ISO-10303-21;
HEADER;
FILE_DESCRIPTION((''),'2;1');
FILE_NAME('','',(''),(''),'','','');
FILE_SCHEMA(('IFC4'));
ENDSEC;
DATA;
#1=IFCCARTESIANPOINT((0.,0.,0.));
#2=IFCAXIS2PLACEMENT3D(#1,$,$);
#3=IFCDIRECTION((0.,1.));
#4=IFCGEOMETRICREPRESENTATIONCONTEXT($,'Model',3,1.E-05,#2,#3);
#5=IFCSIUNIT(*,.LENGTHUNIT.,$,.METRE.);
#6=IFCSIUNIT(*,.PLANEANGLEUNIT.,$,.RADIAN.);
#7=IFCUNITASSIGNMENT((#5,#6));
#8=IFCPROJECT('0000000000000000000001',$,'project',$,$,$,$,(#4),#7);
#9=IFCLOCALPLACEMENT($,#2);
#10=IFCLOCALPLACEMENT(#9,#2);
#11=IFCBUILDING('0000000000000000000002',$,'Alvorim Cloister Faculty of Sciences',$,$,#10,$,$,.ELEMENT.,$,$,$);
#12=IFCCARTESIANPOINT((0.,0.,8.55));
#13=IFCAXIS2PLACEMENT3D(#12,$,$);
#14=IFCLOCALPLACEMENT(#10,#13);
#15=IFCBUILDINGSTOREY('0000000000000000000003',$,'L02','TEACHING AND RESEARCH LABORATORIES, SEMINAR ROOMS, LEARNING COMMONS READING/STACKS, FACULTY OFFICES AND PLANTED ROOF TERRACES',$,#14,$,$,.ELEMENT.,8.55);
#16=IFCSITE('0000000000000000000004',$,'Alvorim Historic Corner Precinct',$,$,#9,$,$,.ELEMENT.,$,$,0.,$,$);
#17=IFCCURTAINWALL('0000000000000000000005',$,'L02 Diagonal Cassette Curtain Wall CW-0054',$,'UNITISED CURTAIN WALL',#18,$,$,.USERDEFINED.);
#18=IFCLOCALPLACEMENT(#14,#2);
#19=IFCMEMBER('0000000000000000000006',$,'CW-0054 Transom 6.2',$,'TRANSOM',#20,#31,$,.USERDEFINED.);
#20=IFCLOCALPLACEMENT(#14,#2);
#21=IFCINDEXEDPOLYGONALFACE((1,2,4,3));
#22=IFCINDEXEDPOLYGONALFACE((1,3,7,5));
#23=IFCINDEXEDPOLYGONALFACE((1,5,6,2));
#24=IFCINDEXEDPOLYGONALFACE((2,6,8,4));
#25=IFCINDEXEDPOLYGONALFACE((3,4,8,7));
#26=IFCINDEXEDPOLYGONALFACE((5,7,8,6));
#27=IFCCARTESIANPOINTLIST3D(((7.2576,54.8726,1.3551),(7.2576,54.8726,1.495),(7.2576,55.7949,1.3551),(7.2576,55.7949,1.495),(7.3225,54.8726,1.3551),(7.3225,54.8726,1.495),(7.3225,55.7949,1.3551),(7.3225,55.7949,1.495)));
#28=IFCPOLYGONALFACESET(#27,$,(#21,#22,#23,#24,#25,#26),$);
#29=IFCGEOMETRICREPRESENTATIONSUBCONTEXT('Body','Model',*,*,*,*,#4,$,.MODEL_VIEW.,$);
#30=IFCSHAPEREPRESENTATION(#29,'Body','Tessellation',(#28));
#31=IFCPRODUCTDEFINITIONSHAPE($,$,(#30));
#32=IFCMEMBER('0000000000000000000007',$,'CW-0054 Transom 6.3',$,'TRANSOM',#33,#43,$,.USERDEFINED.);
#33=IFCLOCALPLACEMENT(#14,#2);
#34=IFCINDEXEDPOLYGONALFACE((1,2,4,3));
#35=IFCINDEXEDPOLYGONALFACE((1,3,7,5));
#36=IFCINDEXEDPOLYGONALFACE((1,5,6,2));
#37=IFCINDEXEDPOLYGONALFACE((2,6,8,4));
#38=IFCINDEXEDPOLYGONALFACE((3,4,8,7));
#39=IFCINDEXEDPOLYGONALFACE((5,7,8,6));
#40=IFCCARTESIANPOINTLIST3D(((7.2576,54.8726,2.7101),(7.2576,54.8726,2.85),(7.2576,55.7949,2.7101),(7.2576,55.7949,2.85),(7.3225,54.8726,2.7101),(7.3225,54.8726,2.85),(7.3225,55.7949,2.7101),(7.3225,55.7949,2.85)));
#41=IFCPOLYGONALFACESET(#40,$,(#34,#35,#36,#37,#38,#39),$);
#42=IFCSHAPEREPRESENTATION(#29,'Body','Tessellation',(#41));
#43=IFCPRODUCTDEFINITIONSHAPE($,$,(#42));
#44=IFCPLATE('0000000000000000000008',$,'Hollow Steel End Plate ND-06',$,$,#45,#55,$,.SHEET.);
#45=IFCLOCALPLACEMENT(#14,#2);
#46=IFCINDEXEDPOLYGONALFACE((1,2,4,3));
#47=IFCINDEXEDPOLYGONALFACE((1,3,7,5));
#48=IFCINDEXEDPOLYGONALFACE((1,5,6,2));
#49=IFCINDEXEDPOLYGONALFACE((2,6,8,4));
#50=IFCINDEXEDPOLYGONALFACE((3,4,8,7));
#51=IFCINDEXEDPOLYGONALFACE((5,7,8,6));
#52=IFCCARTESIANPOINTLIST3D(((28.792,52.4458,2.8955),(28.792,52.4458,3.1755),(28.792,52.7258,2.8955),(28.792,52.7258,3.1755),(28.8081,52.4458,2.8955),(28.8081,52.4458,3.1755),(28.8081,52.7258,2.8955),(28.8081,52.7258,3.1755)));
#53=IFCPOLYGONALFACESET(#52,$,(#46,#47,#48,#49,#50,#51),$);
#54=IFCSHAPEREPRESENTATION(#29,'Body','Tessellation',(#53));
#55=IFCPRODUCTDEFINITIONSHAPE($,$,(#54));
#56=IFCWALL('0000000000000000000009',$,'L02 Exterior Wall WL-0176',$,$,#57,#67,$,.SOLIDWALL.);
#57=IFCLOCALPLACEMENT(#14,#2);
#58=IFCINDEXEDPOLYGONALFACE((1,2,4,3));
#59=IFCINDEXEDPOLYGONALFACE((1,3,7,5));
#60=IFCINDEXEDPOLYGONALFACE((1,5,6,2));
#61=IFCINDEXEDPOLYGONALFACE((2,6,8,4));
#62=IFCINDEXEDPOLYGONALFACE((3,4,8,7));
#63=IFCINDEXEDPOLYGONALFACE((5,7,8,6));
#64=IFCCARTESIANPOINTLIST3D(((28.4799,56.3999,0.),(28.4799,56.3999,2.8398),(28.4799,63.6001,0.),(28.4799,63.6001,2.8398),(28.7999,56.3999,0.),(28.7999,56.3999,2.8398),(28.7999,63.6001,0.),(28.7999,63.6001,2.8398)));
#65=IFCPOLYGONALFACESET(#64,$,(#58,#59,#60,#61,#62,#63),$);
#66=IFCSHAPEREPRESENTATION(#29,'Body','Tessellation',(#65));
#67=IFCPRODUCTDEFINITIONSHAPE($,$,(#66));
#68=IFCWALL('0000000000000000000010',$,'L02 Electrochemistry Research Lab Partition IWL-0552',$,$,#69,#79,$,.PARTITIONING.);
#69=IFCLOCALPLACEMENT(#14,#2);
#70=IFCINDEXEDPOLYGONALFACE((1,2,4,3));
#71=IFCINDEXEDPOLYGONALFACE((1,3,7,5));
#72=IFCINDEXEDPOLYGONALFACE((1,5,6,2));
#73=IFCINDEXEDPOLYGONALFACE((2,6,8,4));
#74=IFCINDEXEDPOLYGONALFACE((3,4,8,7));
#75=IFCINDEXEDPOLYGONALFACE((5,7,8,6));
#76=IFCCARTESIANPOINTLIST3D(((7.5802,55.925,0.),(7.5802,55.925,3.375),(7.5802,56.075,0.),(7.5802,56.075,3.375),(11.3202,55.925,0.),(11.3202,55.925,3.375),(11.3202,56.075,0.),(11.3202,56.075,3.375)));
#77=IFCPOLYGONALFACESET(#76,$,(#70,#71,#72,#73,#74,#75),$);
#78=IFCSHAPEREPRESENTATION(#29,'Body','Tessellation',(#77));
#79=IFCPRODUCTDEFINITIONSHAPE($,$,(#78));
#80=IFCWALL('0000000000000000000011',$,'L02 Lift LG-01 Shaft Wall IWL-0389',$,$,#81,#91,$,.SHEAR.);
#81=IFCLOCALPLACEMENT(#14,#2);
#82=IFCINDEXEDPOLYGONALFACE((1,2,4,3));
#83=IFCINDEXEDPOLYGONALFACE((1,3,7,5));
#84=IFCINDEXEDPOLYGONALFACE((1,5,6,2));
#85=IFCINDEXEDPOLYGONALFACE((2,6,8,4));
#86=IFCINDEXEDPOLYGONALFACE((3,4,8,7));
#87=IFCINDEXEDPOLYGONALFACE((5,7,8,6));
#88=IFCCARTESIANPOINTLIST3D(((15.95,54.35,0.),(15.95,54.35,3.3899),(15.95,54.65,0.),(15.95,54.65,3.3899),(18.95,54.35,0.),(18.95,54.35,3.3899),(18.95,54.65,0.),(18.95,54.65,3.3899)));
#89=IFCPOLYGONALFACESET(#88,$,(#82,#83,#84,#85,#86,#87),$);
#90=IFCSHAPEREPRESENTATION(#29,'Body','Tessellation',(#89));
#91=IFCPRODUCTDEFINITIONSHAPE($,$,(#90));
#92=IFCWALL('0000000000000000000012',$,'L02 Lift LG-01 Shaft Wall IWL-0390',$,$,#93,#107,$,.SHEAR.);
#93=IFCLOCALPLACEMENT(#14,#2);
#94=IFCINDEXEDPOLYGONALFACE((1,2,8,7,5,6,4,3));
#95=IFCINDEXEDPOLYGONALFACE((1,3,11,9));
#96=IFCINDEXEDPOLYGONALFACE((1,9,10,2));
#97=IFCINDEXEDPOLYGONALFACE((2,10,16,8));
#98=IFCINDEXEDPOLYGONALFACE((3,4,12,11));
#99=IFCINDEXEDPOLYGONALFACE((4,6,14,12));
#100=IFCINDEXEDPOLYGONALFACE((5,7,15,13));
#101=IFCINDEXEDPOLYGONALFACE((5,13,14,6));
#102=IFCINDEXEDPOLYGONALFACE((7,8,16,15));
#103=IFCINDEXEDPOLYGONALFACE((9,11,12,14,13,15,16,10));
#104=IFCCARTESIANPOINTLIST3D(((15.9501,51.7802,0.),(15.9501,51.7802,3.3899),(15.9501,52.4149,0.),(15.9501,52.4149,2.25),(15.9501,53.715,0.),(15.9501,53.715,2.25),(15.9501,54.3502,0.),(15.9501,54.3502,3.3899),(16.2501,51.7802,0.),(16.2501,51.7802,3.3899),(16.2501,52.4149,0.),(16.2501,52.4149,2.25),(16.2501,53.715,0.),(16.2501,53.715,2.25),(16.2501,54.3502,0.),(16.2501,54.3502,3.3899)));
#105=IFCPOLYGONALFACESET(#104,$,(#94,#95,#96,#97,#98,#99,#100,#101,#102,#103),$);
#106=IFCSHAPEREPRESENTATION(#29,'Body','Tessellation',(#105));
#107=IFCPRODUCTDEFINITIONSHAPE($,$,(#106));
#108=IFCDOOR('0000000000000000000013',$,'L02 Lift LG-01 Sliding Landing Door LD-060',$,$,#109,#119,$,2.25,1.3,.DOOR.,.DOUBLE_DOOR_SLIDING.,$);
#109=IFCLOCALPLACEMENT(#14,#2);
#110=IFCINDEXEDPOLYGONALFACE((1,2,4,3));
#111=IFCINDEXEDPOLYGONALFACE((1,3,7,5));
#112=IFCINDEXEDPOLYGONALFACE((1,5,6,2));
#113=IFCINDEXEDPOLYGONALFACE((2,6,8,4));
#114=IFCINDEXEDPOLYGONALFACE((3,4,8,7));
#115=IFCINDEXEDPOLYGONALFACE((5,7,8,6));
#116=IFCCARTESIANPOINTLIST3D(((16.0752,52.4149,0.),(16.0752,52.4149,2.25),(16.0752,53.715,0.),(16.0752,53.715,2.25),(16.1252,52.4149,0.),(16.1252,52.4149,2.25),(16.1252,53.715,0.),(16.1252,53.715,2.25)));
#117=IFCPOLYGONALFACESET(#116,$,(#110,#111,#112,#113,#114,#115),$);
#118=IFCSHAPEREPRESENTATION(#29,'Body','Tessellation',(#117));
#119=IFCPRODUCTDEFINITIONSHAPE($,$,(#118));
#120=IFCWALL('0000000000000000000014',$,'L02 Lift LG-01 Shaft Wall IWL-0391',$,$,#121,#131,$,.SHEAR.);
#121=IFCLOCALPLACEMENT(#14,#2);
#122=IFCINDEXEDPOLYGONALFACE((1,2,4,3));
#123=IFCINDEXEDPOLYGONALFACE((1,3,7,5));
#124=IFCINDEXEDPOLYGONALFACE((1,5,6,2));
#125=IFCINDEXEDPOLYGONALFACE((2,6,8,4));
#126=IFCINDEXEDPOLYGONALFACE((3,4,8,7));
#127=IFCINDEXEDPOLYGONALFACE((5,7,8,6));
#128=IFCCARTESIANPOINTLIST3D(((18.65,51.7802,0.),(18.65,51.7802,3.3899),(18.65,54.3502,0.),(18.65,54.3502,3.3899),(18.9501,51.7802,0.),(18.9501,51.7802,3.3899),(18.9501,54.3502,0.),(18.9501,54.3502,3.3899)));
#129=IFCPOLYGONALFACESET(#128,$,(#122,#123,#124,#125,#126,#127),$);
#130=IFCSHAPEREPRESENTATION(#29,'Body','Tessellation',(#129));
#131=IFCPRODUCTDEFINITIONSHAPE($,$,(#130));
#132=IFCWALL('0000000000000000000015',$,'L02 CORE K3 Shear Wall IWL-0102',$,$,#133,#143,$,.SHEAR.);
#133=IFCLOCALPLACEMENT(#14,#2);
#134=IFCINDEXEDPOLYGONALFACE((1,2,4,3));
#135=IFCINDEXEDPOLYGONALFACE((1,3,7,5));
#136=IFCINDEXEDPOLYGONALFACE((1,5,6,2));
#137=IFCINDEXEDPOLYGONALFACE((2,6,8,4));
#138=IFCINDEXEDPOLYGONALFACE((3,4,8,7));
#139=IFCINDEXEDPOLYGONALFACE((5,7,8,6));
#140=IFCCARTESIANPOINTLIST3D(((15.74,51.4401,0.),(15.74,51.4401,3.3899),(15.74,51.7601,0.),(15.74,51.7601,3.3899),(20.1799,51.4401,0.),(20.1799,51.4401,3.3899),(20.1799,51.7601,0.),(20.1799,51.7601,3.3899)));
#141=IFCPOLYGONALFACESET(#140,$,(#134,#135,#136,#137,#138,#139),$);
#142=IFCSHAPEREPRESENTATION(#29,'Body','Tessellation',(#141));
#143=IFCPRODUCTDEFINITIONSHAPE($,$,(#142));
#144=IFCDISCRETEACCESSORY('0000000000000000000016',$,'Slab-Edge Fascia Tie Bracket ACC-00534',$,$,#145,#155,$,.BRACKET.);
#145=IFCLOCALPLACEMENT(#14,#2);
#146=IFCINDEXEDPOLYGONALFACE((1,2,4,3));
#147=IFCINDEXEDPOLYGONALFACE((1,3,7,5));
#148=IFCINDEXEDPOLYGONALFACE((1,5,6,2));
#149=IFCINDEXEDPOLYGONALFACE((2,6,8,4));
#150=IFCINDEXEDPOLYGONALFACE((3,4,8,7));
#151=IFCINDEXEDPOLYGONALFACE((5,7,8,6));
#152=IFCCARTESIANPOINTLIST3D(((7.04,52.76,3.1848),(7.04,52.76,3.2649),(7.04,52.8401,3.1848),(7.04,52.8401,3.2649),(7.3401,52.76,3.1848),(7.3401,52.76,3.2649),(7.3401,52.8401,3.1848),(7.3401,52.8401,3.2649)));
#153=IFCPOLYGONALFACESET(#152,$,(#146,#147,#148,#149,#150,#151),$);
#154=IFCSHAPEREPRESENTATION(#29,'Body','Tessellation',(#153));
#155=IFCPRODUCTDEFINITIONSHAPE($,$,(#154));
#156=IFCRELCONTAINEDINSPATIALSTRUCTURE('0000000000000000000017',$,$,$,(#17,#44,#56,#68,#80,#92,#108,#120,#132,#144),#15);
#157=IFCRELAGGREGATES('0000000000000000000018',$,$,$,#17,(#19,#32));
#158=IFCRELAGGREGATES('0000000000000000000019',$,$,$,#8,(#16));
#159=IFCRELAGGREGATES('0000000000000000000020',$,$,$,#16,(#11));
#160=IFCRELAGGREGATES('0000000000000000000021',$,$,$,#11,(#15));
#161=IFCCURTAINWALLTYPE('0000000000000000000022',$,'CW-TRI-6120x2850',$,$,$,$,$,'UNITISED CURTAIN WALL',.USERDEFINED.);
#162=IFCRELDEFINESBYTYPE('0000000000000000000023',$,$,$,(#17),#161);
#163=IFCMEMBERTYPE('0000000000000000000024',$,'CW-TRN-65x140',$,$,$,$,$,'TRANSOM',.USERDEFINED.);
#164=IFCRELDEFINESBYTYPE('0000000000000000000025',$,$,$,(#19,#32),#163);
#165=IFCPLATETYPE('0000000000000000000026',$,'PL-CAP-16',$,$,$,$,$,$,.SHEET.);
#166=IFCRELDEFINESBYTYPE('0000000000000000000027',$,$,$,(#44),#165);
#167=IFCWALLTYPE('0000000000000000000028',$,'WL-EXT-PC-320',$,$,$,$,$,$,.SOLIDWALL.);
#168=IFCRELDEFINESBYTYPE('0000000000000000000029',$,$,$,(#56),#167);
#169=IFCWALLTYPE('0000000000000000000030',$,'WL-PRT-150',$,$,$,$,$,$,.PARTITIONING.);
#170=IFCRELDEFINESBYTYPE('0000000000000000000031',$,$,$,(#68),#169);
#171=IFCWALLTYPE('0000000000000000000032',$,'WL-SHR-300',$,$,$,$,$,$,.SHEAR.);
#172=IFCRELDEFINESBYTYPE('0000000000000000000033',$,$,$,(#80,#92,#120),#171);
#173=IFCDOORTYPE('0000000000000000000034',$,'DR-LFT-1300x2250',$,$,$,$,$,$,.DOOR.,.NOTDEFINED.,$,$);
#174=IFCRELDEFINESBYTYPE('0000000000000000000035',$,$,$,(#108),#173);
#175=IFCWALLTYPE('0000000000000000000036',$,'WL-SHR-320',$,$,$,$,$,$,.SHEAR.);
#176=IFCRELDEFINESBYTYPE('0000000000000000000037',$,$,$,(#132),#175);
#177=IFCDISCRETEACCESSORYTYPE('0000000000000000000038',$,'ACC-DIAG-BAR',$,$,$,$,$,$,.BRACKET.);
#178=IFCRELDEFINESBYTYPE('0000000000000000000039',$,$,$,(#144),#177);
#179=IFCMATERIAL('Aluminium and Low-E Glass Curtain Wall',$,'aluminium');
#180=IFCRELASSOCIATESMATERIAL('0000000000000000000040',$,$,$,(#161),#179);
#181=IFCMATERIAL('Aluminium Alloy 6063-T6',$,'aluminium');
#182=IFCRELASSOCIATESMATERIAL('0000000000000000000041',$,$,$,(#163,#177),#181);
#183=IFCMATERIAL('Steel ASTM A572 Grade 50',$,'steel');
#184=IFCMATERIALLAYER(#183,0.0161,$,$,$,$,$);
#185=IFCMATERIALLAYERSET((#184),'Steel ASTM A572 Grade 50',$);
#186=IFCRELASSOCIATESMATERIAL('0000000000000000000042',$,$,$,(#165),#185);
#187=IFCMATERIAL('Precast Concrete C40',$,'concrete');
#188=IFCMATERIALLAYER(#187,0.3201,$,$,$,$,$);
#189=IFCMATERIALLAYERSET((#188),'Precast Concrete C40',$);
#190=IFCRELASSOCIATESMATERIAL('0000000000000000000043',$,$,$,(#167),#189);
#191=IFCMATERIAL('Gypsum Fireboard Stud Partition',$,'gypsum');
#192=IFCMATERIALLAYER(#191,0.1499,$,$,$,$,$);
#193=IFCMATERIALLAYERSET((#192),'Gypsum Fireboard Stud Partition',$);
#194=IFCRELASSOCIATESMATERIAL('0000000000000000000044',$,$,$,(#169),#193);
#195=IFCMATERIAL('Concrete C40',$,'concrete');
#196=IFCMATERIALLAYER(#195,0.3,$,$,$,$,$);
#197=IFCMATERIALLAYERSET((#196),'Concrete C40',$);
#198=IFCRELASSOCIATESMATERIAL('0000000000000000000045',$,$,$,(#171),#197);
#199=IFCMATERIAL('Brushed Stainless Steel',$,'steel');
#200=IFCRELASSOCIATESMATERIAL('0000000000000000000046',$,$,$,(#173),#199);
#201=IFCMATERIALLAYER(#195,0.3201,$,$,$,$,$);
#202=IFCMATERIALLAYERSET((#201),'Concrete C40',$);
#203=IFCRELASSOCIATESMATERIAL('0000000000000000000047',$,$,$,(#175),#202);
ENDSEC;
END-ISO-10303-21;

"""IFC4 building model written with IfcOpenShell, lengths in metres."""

from ifc_helpers import new_model, si_unit, direction, frame, frame_2d, origin, origin_2d, place, context, subcontext, project, spatial, polyline, rectangle, outline, extrude, material, layer, layer_set, material_profile, profile_set, type_object, element, fill, aggregate, save


model = new_model("IFC4")

# Units and contexts
model_context = context("Model", 3, precision=1e-05, world=origin(), true_north=direction((0.0, 1.0)))
body_context = subcontext(model_context, "Body", "Model", "MODEL_VIEW")
ifc_project = project(units=[si_unit("LENGTHUNIT", "METRE"), si_unit("PLANEANGLEUNIT", "RADIAN")], contexts=[model_context])

# Site, building, storey
site_placement = place(None, origin())
site = spatial("IfcSite", under=ifc_project, at=site_placement, Name="Alvorim Historic Corner Precinct", CompositionType="ELEMENT", RefElevation=0.0)
building_placement = place(site_placement, origin())
building = spatial("IfcBuilding", under=site, at=building_placement, Name="Alvorim Cloister Faculty of Sciences", CompositionType="ELEMENT")
storey_placement = place(building_placement, frame((0.0, 0.0, 8.55)))
storey = spatial("IfcBuildingStorey", under=building, at=storey_placement, Name="L02", Description="TEACHING AND RESEARCH LABORATORIES, SEMINAR ROOMS, LEARNING COMMONS READING/STACKS, FACULTY OFFICES AND PLANTED ROOF TERRACES", CompositionType="ELEMENT", Elevation=8.55)

# Curtain wall, members
ifc_material_1 = material(Name="Aluminium and Low-E Glass Curtain Wall", Category="aluminium")
curtain_wall_type = type_object("IfcCurtainWallType", Name="CW-TRI-6120x2850", ElementType="UNITISED CURTAIN WALL", PredefinedType="USERDEFINED", material=ifc_material_1)
curtain_wall_placement = place(storey_placement, origin())
curtain_wall = element("IfcCurtainWall", 1, at=curtain_wall_placement, inside=storey, type_object=curtain_wall_type, Name="L02 Diagonal Cassette Curtain Wall CW-0054", ObjectType="UNITISED CURTAIN WALL", PredefinedType="USERDEFINED")
ifc_material_2 = material(Name="Aluminium Alloy 6063-T6", Category="aluminium")
ifc_material_profile_1 = material_profile(ifc_material_2, rectangle(XDim=0.0649, YDim=0.1399, at=origin_2d()), Name="ALU-TRN-65x140")
ifc_profile_set_1 = profile_set([ifc_material_profile_1], Name="Aluminium Alloy 6063-T6")
member_type_1 = type_object("IfcMemberType", Name="CW-TRN-65x140", ElementType="TRANSOM", PredefinedType="USERDEFINED", material=ifc_profile_set_1)
member_1_placement = place(storey_placement, frame((7.29, 54.8726, 1.425), z_axis=(0.0, 1.0, 0.0), x_axis=(-1.0, 0.0, 0.0)))
member_1 = element("IfcMember", 2, at=member_1_placement, type_object=member_type_1, Name="CW-0054 Transom 6.2", ObjectType="TRANSOM", PredefinedType="USERDEFINED", context=body_context, shape_type="SweptSolid", body=[
    extrude(rectangle(XDim=0.0649, YDim=0.1399, at=origin_2d()), origin(), (0.0, 0.0, 1.0), 0.9224),
])
member_2_placement = place(storey_placement, frame((7.29, 54.8726, 2.78), z_axis=(0.0, 1.0, 0.0), x_axis=(-1.0, 0.0, 0.0)))
member_2 = element("IfcMember", 3, at=member_2_placement, type_object=member_type_1, Name="CW-0054 Transom 6.3", ObjectType="TRANSOM", PredefinedType="USERDEFINED", context=body_context, shape_type="SweptSolid", body=[
    extrude(rectangle(XDim=0.0649, YDim=0.1399, at=origin_2d()), origin(), (0.0, 0.0, 1.0), 0.9224),
])
aggregate(curtain_wall, [member_1, member_2])

# Plate
ifc_material_3 = material(Name="Steel ASTM A572 Grade 50", Category="steel")
ifc_layer_1 = layer(ifc_material_3, 0.0161)
ifc_layer_set_1 = layer_set([ifc_layer_1], Name="Steel ASTM A572 Grade 50")
plate_type = type_object("IfcPlateType", Name="PL-CAP-16", PredefinedType="SHEET", material=ifc_layer_set_1)
plate_placement = place(storey_placement, frame((28.8, 52.4458, 2.8955), z_axis=(0.0, 0.0, 1.0), x_axis=(0.0, 1.0, 0.0)))
element("IfcPlate", 4, at=plate_placement, inside=storey, type_object=plate_type, Name="Hollow Steel End Plate ND-06", PredefinedType="SHEET", context=body_context, shape_type="SweptSolid", body=[
    extrude(outline(polyline([(0.0, 0.0), (0.28, 0.0), (0.28, 0.28), (0.0, 0.28), (0.0, 0.0)])), frame((0.0, 0.0081, 0.0), z_axis=(0.0, -1.0, 0.0), x_axis=(1.0, 0.0, 0.0)), (0.0, 0.0, 1.0), 0.0161),
])

# Walls
ifc_material_4 = material(Name="Precast Concrete C40", Category="concrete")
ifc_layer_2 = layer(ifc_material_4, 0.3201)
ifc_layer_set_2 = layer_set([ifc_layer_2], Name="Precast Concrete C40")
wall_type_1 = type_object("IfcWallType", Name="WL-EXT-PC-320", PredefinedType="SOLIDWALL", material=ifc_layer_set_2)
wall_1_placement = place(storey_placement, frame((28.6399, 56.3999, 0.0), z_axis=(0.0, 0.0, 1.0), x_axis=(0.0, 1.0, 0.0)))
element("IfcWall", 5, at=wall_1_placement, inside=storey, type_object=wall_type_1, Name="L02 Exterior Wall WL-0176", PredefinedType="SOLIDWALL", context=body_context, shape_type="SweptSolid", body=[
    extrude(rectangle(XDim=7.2002, YDim=0.3201, at=frame_2d((3.6001, 0.0))), origin(), (0.0, 0.0, 1.0), 2.8398),
])
ifc_material_5 = material(Name="Gypsum Fireboard Stud Partition", Category="gypsum")
ifc_layer_3 = layer(ifc_material_5, 0.1499)
ifc_layer_set_3 = layer_set([ifc_layer_3], Name="Gypsum Fireboard Stud Partition")
wall_type_2 = type_object("IfcWallType", Name="WL-PRT-150", PredefinedType="PARTITIONING", material=ifc_layer_set_3)
wall_2_placement = place(storey_placement, frame((7.5801, 56.0, 0.0), z_axis=(0.0, 0.0, 1.0), x_axis=(1.0, 0.0, 0.0)))
element("IfcWall", 6, at=wall_2_placement, inside=storey, type_object=wall_type_2, Name="L02 Electrochemistry Research Lab Partition IWL-0552", PredefinedType="PARTITIONING", context=body_context, shape_type="SweptSolid", body=[
    extrude(rectangle(XDim=3.74, YDim=0.1499, at=frame_2d((1.8701, 0.0))), origin(), (0.0, 0.0, 1.0), 3.375),
])
ifc_material_6 = material(Name="Concrete C40", Category="concrete")
ifc_layer_4 = layer(ifc_material_6, 0.3)
ifc_layer_set_4 = layer_set([ifc_layer_4], Name="Concrete C40")
wall_type_3 = type_object("IfcWallType", Name="WL-SHR-300", PredefinedType="SHEAR", material=ifc_layer_set_4)
wall_3_placement = place(storey_placement, frame((15.95, 54.5, 0.0), z_axis=(0.0, 0.0, 1.0), x_axis=(1.0, 0.0, 0.0)))
element("IfcWall", 7, at=wall_3_placement, inside=storey, type_object=wall_type_3, Name="L02 Lift LG-01 Shaft Wall IWL-0389", PredefinedType="SHEAR", context=body_context, shape_type="SweptSolid", body=[
    extrude(rectangle(XDim=3.0, YDim=0.3, at=frame_2d((1.5, 0.0))), origin(), (0.0, 0.0, 1.0), 3.3899),
])

# Wall, opening, door
wall_4_placement = place(storey_placement, frame((16.1001, 51.78, 0.0), z_axis=(0.0, 0.0, 1.0), x_axis=(0.0, 1.0, 0.0)))
wall_4 = element("IfcWall", 8, at=wall_4_placement, inside=storey, type_object=wall_type_3, Name="L02 Lift LG-01 Shaft Wall IWL-0390", PredefinedType="SHEAR", context=body_context, shape_type="SweptSolid", body=[
    extrude(rectangle(XDim=2.5701, YDim=0.3, at=frame_2d((1.2852, 0.0))), origin(), (0.0, 0.0, 1.0), 3.3899),
])
opening_placement = place(wall_4_placement, frame((0.635, 0.0, 0.0)))
opening = element("IfcOpeningElement", 9, at=opening_placement, cuts=wall_4, PredefinedType="OPENING", context=body_context, shape_type="SweptSolid", body=[
    extrude(rectangle(XDim=1.3, YDim=2.25, at=frame_2d((0.6499, 1.125))), frame((0.0, 0.1621, 0.0), z_axis=(0.0, -1.0, 0.0), x_axis=(1.0, 0.0, 0.0)), (0.0, 0.0, 1.0), 0.324),
])
ifc_material_7 = material(Name="Brushed Stainless Steel", Category="steel")
door_type = type_object("IfcDoorType", Name="DR-LFT-1300x2250", OperationType="NOTDEFINED", PredefinedType="DOOR", material=ifc_material_7)
door_placement = place(opening_placement, origin())
door = element("IfcDoor", 10, at=door_placement, inside=storey, type_object=door_type, Name="L02 Lift LG-01 Sliding Landing Door LD-060", OperationType="DOUBLE_DOOR_SLIDING", OverallHeight=2.25, OverallWidth=1.3, PredefinedType="DOOR", context=body_context, shape_type="SweptSolid", body=[
    extrude(rectangle(XDim=1.3, YDim=2.25, at=frame_2d((0.6499, 1.125))), frame((0.0, 0.0249, 0.0), z_axis=(0.0, -1.0, 0.0), x_axis=(1.0, 0.0, 0.0)), (0.0, 0.0, 1.0), 0.05),
])
fill(opening, door)

# Walls
wall_5_placement = place(storey_placement, frame((18.8, 51.78, 0.0), z_axis=(0.0, 0.0, 1.0), x_axis=(0.0, 1.0, 0.0)))
element("IfcWall", 11, at=wall_5_placement, inside=storey, type_object=wall_type_3, Name="L02 Lift LG-01 Shaft Wall IWL-0391", PredefinedType="SHEAR", context=body_context, shape_type="SweptSolid", body=[
    extrude(rectangle(XDim=2.5701, YDim=0.3, at=frame_2d((1.2852, 0.0))), origin(), (0.0, 0.0, 1.0), 3.3899),
])
ifc_layer_5 = layer(ifc_material_6, 0.3201)
ifc_layer_set_5 = layer_set([ifc_layer_5], Name="Concrete C40")
wall_type_4 = type_object("IfcWallType", Name="WL-SHR-320", PredefinedType="SHEAR", material=ifc_layer_set_5)
wall_6_placement = place(storey_placement, frame((15.74, 51.6001, 0.0), z_axis=(0.0, 0.0, 1.0), x_axis=(1.0, 0.0, 0.0)))
element("IfcWall", 12, at=wall_6_placement, inside=storey, type_object=wall_type_4, Name="L02 CORE K3 Shear Wall IWL-0102", PredefinedType="SHEAR", context=body_context, shape_type="SweptSolid", body=[
    extrude(rectangle(XDim=4.4399, YDim=0.3201, at=frame_2d((2.22, 0.0))), origin(), (0.0, 0.0, 1.0), 3.3899),
])

# Discrete accessory
discrete_accessory_type = type_object("IfcDiscreteAccessoryType", Name="ACC-DIAG-BAR", PredefinedType="BRACKET", material=ifc_material_2)
discrete_accessory_placement = place(storey_placement, frame((7.3401, 52.8, 3.2249), z_axis=(-1.0, 0.0, 0.0), x_axis=(0.0, -1.0, 0.0)))
element("IfcDiscreteAccessory", 13, at=discrete_accessory_placement, inside=storey, type_object=discrete_accessory_type, Name="Slab-Edge Fascia Tie Bracket ACC-00534", PredefinedType="BRACKET", context=body_context, shape_type="SweptSolid", body=[
    extrude(rectangle(XDim=0.0801, YDim=0.0801, at=origin_2d()), origin(), (0.0, 0.0, 1.0), 0.3),
])

save(model, "model.ifc")
